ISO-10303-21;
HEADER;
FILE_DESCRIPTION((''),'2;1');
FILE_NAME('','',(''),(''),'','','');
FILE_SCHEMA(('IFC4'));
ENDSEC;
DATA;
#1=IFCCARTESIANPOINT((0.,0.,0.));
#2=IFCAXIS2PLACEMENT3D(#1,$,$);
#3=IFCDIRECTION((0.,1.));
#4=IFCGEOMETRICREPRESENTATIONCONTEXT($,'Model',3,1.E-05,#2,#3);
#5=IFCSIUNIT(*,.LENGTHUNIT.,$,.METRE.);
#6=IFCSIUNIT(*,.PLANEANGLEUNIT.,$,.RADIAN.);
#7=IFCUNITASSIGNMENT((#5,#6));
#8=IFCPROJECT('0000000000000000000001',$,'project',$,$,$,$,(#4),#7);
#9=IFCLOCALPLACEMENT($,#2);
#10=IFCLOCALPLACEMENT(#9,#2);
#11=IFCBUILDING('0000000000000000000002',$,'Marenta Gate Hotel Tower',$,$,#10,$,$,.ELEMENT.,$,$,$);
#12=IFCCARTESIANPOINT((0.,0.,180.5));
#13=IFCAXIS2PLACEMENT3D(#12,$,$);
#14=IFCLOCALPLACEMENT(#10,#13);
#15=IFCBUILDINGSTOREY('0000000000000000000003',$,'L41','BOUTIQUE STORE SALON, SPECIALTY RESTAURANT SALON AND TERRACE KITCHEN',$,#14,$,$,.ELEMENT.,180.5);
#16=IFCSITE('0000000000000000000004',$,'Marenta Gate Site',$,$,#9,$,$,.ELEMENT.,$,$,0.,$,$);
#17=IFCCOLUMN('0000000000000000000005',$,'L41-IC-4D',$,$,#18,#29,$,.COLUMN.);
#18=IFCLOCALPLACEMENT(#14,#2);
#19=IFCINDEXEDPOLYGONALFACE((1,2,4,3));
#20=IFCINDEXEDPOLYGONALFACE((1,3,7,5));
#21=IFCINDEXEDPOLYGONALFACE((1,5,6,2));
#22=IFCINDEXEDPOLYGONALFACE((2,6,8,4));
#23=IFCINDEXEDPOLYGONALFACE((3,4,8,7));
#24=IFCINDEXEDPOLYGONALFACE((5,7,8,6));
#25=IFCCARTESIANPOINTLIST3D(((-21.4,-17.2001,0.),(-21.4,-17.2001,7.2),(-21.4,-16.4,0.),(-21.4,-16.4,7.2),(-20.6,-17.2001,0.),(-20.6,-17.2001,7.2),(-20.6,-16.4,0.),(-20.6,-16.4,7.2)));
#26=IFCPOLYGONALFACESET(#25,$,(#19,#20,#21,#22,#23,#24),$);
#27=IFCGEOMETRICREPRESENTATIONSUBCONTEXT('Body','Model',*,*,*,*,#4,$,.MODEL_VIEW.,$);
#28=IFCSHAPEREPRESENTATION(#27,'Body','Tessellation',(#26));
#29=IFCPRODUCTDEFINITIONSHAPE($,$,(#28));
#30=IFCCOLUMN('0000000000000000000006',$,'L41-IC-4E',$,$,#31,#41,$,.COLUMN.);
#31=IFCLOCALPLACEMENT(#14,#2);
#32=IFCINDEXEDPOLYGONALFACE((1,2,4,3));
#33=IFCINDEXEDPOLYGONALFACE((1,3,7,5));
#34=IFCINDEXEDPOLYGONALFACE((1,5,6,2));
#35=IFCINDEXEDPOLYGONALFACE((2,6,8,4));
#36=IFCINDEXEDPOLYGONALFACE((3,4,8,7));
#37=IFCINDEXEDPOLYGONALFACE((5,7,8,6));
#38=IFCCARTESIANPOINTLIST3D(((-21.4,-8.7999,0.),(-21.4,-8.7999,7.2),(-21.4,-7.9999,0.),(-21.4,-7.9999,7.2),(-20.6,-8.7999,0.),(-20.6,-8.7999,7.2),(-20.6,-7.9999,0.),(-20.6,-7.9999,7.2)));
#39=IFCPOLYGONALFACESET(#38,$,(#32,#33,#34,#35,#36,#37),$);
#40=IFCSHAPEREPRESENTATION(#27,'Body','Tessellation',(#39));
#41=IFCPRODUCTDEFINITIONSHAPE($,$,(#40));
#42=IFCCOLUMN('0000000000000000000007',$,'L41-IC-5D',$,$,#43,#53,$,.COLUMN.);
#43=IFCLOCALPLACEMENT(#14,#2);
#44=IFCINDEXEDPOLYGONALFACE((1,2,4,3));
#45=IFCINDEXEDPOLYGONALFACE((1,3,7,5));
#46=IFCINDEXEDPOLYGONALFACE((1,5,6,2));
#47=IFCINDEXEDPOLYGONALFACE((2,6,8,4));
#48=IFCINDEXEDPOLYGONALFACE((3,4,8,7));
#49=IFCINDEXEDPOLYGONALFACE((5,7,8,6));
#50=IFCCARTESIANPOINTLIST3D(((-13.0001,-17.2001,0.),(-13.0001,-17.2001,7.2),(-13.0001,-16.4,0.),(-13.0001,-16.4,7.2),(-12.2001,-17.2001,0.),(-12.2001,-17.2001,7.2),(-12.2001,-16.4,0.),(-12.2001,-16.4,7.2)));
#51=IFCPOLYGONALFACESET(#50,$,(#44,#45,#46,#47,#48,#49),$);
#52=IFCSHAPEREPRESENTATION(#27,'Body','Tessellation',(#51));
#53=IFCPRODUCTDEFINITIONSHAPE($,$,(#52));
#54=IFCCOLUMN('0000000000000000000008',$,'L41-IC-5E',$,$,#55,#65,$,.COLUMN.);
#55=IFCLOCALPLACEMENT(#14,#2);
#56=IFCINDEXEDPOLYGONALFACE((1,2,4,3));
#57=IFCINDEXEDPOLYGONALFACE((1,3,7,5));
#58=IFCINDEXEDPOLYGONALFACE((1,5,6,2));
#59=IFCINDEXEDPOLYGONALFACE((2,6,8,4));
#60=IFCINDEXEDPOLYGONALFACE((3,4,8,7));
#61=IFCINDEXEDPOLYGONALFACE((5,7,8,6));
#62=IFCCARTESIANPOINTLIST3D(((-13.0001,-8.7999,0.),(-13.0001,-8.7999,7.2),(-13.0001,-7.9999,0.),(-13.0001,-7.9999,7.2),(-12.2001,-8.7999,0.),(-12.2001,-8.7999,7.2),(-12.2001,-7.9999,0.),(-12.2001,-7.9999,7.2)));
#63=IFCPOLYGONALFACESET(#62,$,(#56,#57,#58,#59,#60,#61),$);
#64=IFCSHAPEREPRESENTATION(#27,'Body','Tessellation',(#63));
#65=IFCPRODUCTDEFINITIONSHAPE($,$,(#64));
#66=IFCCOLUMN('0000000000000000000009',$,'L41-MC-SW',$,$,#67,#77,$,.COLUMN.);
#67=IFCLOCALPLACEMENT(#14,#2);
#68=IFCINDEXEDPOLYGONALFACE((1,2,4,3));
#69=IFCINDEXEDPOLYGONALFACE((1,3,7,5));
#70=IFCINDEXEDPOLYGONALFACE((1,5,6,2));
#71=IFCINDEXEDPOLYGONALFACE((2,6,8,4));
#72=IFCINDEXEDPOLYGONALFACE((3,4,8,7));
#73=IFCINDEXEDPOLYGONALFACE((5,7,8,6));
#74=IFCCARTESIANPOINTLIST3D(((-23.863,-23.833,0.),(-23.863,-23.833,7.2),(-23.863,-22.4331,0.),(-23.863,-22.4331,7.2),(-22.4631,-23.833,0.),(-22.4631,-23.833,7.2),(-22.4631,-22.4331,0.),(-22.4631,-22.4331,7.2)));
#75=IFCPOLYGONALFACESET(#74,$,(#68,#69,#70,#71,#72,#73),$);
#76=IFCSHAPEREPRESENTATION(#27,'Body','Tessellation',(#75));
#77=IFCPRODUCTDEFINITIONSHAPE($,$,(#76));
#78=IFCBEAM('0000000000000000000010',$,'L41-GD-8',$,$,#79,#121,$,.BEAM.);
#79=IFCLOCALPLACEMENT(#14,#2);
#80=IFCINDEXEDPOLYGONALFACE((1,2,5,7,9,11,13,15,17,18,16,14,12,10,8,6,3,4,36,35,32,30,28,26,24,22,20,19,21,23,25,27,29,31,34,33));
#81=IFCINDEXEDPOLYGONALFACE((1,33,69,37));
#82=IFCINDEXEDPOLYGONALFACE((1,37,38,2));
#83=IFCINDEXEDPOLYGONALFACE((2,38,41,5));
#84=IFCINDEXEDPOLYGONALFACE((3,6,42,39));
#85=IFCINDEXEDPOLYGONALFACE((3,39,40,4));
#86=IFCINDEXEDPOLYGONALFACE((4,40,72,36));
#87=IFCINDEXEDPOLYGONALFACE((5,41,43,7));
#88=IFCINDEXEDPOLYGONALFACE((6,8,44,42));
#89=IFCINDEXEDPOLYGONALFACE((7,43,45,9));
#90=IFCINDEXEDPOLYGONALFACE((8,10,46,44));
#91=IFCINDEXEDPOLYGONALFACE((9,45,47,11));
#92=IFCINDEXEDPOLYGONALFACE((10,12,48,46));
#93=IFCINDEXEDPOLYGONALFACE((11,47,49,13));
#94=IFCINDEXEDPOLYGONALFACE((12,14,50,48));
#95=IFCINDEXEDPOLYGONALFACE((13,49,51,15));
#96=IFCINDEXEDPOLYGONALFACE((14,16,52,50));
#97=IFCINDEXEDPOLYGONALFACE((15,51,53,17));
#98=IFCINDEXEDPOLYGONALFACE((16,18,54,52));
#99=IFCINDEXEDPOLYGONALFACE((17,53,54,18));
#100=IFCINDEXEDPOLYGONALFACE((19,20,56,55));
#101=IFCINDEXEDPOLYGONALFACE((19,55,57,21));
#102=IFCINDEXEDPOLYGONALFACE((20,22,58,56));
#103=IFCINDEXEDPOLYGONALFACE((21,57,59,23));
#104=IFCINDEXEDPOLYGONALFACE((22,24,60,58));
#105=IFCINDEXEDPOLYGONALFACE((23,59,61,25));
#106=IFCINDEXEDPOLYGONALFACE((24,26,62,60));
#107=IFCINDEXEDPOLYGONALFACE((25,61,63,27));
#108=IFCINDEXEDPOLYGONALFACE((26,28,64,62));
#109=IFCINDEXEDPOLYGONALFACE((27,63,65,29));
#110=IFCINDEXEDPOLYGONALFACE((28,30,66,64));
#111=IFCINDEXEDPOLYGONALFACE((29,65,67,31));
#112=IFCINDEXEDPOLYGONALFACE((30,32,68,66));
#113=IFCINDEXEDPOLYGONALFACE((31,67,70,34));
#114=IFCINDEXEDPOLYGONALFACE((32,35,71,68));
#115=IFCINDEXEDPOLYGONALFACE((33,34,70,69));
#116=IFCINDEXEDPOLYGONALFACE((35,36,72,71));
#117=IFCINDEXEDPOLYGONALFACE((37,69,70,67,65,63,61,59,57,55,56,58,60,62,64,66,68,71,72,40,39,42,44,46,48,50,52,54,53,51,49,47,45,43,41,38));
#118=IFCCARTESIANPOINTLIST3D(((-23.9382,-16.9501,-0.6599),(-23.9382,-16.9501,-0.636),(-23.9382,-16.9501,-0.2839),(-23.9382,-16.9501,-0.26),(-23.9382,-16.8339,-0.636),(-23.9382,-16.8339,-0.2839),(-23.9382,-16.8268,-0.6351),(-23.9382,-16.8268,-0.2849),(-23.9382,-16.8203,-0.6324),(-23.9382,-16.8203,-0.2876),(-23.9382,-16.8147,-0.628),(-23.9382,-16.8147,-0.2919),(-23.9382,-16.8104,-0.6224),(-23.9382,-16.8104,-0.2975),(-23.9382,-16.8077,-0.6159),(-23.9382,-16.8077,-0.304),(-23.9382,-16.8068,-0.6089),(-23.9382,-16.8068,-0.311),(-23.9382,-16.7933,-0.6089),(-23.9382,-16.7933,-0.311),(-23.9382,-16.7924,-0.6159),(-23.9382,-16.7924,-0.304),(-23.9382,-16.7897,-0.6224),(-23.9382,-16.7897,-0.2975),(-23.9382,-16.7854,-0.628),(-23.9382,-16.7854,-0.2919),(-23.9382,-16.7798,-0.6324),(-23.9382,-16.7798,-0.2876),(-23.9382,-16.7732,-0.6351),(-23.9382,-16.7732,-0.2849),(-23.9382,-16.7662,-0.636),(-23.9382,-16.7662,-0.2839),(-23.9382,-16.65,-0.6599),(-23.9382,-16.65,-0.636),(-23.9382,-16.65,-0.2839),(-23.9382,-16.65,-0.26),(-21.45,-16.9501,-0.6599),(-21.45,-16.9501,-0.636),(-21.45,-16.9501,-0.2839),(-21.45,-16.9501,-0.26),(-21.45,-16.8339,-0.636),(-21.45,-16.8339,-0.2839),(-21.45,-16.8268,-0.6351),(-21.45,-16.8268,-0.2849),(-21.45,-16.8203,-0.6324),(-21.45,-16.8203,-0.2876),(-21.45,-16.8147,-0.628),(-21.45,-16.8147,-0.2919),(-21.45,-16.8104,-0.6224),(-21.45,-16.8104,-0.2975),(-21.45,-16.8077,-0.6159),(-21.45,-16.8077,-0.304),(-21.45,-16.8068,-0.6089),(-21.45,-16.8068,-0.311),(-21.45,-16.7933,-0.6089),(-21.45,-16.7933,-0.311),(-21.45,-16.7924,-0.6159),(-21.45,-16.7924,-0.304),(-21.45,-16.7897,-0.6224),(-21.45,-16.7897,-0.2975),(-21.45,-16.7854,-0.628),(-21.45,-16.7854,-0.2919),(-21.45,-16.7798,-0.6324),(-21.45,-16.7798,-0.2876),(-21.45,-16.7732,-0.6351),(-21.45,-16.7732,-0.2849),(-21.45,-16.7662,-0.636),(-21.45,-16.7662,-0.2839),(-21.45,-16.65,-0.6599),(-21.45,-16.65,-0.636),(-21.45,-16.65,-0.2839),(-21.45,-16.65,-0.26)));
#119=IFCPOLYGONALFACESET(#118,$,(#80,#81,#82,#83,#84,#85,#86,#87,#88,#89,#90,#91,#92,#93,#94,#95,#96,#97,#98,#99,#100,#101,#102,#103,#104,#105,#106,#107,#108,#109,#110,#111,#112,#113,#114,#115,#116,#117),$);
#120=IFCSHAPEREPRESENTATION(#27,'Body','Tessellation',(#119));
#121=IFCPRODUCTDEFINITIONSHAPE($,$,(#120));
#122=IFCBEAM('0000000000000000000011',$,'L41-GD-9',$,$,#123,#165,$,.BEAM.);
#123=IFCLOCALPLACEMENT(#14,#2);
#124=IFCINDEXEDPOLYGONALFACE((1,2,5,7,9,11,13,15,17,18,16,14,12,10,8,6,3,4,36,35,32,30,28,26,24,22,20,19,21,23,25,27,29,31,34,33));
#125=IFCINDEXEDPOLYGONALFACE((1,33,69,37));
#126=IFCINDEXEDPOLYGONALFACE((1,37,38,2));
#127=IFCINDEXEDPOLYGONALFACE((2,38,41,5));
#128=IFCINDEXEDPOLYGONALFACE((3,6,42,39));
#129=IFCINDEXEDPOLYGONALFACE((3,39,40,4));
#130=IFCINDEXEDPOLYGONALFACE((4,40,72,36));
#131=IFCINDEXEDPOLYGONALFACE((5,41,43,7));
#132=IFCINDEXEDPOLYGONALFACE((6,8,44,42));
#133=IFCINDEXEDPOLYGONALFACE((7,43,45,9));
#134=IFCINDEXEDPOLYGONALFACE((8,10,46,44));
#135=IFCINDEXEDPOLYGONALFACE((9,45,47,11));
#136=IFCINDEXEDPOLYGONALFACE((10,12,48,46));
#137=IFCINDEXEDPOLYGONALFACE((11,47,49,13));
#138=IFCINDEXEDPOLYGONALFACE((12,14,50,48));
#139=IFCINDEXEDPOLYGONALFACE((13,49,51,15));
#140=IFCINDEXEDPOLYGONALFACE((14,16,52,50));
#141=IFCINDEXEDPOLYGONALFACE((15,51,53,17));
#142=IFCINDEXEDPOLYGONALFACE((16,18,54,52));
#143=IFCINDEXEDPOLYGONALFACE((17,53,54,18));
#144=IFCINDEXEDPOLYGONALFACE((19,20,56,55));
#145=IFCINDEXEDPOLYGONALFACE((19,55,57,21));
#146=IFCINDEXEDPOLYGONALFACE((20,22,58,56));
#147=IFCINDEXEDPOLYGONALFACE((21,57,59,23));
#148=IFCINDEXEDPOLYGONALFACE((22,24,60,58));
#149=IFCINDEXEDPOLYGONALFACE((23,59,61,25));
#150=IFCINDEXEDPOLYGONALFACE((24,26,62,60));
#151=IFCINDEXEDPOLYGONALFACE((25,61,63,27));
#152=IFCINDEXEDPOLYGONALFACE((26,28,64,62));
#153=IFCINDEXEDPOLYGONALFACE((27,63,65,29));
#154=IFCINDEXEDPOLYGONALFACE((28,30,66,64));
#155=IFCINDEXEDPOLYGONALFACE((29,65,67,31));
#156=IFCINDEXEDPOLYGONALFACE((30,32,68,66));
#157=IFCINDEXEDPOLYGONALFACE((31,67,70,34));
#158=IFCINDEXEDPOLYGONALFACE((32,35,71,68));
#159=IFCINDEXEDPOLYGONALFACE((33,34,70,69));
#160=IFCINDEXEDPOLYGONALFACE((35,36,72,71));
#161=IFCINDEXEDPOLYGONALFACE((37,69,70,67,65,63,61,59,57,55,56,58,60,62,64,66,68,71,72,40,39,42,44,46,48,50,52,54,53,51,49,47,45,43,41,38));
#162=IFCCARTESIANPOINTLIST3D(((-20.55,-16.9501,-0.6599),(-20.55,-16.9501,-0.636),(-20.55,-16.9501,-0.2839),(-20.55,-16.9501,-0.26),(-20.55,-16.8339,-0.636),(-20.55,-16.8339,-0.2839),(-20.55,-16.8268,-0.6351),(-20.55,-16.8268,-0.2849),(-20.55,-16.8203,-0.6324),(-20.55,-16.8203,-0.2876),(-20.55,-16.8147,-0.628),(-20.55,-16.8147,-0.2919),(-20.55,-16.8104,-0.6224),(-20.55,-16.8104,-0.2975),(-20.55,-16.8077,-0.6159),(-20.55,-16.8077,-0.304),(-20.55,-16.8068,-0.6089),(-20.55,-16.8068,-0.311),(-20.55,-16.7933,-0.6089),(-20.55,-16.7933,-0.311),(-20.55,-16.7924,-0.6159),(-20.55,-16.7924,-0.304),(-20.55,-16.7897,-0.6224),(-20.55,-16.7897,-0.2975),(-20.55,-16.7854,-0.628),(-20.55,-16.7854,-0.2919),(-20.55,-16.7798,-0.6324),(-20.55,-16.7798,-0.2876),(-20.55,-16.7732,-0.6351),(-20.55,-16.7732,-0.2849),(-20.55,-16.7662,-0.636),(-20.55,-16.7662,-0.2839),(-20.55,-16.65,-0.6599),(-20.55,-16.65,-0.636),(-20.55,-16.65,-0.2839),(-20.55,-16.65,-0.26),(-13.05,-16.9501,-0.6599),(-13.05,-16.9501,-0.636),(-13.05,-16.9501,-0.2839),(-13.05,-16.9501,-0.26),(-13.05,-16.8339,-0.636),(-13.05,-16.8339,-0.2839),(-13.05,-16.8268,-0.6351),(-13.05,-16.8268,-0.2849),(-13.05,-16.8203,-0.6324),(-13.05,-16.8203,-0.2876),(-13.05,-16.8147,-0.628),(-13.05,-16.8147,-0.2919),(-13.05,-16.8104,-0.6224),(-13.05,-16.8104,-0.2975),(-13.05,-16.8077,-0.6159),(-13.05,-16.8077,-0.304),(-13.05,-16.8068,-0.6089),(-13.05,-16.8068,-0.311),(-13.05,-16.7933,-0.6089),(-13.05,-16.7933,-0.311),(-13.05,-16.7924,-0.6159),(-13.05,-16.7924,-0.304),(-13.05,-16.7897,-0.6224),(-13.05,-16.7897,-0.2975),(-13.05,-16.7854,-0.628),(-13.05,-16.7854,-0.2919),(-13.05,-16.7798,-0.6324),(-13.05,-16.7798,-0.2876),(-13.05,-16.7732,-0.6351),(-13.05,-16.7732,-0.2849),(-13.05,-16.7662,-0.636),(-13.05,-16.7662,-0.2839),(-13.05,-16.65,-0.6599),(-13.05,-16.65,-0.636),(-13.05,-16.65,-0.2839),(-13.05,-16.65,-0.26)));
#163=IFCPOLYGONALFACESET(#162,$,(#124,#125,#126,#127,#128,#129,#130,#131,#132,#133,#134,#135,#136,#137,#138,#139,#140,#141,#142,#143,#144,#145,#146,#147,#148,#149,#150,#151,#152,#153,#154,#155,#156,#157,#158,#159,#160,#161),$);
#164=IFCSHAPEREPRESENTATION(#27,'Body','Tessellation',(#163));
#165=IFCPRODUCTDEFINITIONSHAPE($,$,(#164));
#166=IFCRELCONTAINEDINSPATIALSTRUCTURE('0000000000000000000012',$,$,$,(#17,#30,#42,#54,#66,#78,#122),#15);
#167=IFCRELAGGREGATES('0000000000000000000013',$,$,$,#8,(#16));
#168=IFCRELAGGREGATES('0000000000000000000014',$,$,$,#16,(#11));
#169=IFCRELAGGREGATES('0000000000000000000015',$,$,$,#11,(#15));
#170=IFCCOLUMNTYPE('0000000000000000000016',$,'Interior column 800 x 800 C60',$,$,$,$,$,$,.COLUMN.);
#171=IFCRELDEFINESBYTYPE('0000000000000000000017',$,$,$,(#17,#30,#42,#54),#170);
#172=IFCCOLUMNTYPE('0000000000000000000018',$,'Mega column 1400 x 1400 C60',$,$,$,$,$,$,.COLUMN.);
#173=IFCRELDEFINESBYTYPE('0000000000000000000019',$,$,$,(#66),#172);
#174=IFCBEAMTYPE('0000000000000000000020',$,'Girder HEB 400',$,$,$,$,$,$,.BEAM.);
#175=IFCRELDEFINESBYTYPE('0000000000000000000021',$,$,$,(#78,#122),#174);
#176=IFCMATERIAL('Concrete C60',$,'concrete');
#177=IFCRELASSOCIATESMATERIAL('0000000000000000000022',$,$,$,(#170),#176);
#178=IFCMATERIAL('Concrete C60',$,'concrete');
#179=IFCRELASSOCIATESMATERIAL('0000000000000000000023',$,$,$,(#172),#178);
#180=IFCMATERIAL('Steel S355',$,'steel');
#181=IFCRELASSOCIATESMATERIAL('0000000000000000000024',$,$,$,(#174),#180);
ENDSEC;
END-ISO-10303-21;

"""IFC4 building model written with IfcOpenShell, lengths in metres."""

from ifc_helpers import new_model, si_unit, direction, frame, origin, origin_2d, place, context, subcontext, project, spatial, rectangle, i_section, extrude, material, material_profile, profile_set, type_object, element, save


model = new_model("IFC4")

# Units and contexts
model_context = context("Model", 3, precision=1e-05, world=origin(), true_north=direction((0.0, 1.0)))
body_context = subcontext(model_context, "Body", "Model", "MODEL_VIEW")
ifc_project = project(units=[si_unit("LENGTHUNIT", "METRE"), si_unit("PLANEANGLEUNIT", "RADIAN")], contexts=[model_context])

# Site, building, storey
site_placement = place(None, origin())
site = spatial("IfcSite", under=ifc_project, at=site_placement, Name="Marenta Gate Site", CompositionType="ELEMENT", RefElevation=0.0)
building_placement = place(site_placement, origin())
building = spatial("IfcBuilding", under=site, at=building_placement, Name="Marenta Gate Hotel Tower", CompositionType="ELEMENT")
storey_placement = place(building_placement, frame((0.0, 0.0, 180.5)))
storey = spatial("IfcBuildingStorey", under=building, at=storey_placement, Name="L41", Description="BOUTIQUE STORE SALON, SPECIALTY RESTAURANT SALON AND TERRACE KITCHEN", CompositionType="ELEMENT", Elevation=180.5)

# Columns
ifc_material_1 = material(Name="Concrete C60", Category="concrete")
ifc_material_profile_1 = material_profile(ifc_material_1, rectangle(XDim=0.8, YDim=0.8, at=origin_2d()), Name="800 x 800")
ifc_profile_set_1 = profile_set([ifc_material_profile_1], Name="Concrete C60")
column_type_1 = type_object("IfcColumnType", Name="Interior column 800 x 800 C60", PredefinedType="COLUMN", material=ifc_profile_set_1)
for number, where, z_axis, x_axis, name in (
    (1, (-21.0, -16.8, 0.0), (0.0, 0.0, 1.0), (1.0, 0.0, 0.0), "L41-IC-4D"),
    (2, (-21.0, -8.3999, 0.0), (0.0, 0.0, 1.0), (1.0, 0.0, 0.0), "L41-IC-4E"),
    (3, (-12.6001, -16.8, 0.0), (0.0, 0.0, 1.0), (1.0, 0.0, 0.0), "L41-IC-5D"),
    (4, (-12.6001, -8.3999, 0.0), (0.0, 0.0, 1.0), (1.0, 0.0, 0.0), "L41-IC-5E"),
):
    element("IfcColumn", number, at=place(storey_placement, frame(where, z_axis=z_axis, x_axis=x_axis)), inside=storey, type_object=column_type_1, Name=name, PredefinedType="COLUMN", context=body_context, shape_type="SweptSolid", body=[
        extrude(rectangle(XDim=0.8, YDim=0.8, at=origin_2d()), origin(), (0.0, 0.0, 1.0), 7.2),
    ])
ifc_material_2 = material(Name="Concrete C60", Category="concrete")
ifc_material_profile_2 = material_profile(ifc_material_2, rectangle(XDim=1.3999, YDim=1.3999, at=origin_2d()), Name="1400 x 1400")
ifc_profile_set_2 = profile_set([ifc_material_profile_2], Name="Concrete C60")
column_type_2 = type_object("IfcColumnType", Name="Mega column 1400 x 1400 C60", PredefinedType="COLUMN", material=ifc_profile_set_2)
column_placement = place(storey_placement, frame((-23.1631, -23.1331, 0.0), z_axis=(0.0, 0.0, 1.0), x_axis=(1.0, 0.0, 0.0)))
element("IfcColumn", 5, at=column_placement, inside=storey, type_object=column_type_2, Name="L41-MC-SW", PredefinedType="COLUMN", context=body_context, shape_type="SweptSolid", body=[
    extrude(rectangle(XDim=1.3999, YDim=1.3999, at=origin_2d()), origin(), (0.0, 0.0, 1.0), 7.2),
])

# Beams
ifc_material_3 = material(Name="Steel S355", Category="steel")
ifc_material_profile_3 = material_profile(ifc_material_3, i_section(OverallWidth=0.3, OverallDepth=0.3999, WebThickness=0.0134, FlangeThickness=0.0239, FilletRadius=0.0271, at=origin_2d()), Name="HEB 400")
ifc_profile_set_3 = profile_set([ifc_material_profile_3], Name="Steel S355")
beam_type = type_object("IfcBeamType", Name="Girder HEB 400", PredefinedType="BEAM", material=ifc_profile_set_3)
beam_1_placement = place(storey_placement, frame((-23.9382, -16.8, -0.46), z_axis=(1.0, 0.0, 0.0), x_axis=(0.0, 1.0, 0.0)))
element("IfcBeam", 6, at=beam_1_placement, inside=storey, type_object=beam_type, Name="L41-GD-8", PredefinedType="BEAM", context=body_context, shape_type="SweptSolid", body=[
    extrude(i_section(OverallWidth=0.3, OverallDepth=0.3999, WebThickness=0.0134, FlangeThickness=0.0239, FilletRadius=0.0271, at=origin_2d()), origin(), (0.0, 0.0, 1.0), 2.4883),
])
for number, where, z_axis, x_axis, name in (
    (7, (-20.55, -16.8, -0.46), (1.0, 0.0, 0.0), (0.0, 1.0, 0.0), "L41-GD-9"),
):
    element("IfcBeam", number, at=place(storey_placement, frame(where, z_axis=z_axis, x_axis=x_axis)), inside=storey, type_object=beam_type, Name=name, PredefinedType="BEAM", context=body_context, shape_type="SweptSolid", body=[
        extrude(i_section(OverallWidth=0.3, OverallDepth=0.3999, WebThickness=0.0134, FlangeThickness=0.0239, FilletRadius=0.0271, at=origin_2d()), origin(), (0.0, 0.0, 1.0), 7.5),
    ])

save(model, "model.ifc")
